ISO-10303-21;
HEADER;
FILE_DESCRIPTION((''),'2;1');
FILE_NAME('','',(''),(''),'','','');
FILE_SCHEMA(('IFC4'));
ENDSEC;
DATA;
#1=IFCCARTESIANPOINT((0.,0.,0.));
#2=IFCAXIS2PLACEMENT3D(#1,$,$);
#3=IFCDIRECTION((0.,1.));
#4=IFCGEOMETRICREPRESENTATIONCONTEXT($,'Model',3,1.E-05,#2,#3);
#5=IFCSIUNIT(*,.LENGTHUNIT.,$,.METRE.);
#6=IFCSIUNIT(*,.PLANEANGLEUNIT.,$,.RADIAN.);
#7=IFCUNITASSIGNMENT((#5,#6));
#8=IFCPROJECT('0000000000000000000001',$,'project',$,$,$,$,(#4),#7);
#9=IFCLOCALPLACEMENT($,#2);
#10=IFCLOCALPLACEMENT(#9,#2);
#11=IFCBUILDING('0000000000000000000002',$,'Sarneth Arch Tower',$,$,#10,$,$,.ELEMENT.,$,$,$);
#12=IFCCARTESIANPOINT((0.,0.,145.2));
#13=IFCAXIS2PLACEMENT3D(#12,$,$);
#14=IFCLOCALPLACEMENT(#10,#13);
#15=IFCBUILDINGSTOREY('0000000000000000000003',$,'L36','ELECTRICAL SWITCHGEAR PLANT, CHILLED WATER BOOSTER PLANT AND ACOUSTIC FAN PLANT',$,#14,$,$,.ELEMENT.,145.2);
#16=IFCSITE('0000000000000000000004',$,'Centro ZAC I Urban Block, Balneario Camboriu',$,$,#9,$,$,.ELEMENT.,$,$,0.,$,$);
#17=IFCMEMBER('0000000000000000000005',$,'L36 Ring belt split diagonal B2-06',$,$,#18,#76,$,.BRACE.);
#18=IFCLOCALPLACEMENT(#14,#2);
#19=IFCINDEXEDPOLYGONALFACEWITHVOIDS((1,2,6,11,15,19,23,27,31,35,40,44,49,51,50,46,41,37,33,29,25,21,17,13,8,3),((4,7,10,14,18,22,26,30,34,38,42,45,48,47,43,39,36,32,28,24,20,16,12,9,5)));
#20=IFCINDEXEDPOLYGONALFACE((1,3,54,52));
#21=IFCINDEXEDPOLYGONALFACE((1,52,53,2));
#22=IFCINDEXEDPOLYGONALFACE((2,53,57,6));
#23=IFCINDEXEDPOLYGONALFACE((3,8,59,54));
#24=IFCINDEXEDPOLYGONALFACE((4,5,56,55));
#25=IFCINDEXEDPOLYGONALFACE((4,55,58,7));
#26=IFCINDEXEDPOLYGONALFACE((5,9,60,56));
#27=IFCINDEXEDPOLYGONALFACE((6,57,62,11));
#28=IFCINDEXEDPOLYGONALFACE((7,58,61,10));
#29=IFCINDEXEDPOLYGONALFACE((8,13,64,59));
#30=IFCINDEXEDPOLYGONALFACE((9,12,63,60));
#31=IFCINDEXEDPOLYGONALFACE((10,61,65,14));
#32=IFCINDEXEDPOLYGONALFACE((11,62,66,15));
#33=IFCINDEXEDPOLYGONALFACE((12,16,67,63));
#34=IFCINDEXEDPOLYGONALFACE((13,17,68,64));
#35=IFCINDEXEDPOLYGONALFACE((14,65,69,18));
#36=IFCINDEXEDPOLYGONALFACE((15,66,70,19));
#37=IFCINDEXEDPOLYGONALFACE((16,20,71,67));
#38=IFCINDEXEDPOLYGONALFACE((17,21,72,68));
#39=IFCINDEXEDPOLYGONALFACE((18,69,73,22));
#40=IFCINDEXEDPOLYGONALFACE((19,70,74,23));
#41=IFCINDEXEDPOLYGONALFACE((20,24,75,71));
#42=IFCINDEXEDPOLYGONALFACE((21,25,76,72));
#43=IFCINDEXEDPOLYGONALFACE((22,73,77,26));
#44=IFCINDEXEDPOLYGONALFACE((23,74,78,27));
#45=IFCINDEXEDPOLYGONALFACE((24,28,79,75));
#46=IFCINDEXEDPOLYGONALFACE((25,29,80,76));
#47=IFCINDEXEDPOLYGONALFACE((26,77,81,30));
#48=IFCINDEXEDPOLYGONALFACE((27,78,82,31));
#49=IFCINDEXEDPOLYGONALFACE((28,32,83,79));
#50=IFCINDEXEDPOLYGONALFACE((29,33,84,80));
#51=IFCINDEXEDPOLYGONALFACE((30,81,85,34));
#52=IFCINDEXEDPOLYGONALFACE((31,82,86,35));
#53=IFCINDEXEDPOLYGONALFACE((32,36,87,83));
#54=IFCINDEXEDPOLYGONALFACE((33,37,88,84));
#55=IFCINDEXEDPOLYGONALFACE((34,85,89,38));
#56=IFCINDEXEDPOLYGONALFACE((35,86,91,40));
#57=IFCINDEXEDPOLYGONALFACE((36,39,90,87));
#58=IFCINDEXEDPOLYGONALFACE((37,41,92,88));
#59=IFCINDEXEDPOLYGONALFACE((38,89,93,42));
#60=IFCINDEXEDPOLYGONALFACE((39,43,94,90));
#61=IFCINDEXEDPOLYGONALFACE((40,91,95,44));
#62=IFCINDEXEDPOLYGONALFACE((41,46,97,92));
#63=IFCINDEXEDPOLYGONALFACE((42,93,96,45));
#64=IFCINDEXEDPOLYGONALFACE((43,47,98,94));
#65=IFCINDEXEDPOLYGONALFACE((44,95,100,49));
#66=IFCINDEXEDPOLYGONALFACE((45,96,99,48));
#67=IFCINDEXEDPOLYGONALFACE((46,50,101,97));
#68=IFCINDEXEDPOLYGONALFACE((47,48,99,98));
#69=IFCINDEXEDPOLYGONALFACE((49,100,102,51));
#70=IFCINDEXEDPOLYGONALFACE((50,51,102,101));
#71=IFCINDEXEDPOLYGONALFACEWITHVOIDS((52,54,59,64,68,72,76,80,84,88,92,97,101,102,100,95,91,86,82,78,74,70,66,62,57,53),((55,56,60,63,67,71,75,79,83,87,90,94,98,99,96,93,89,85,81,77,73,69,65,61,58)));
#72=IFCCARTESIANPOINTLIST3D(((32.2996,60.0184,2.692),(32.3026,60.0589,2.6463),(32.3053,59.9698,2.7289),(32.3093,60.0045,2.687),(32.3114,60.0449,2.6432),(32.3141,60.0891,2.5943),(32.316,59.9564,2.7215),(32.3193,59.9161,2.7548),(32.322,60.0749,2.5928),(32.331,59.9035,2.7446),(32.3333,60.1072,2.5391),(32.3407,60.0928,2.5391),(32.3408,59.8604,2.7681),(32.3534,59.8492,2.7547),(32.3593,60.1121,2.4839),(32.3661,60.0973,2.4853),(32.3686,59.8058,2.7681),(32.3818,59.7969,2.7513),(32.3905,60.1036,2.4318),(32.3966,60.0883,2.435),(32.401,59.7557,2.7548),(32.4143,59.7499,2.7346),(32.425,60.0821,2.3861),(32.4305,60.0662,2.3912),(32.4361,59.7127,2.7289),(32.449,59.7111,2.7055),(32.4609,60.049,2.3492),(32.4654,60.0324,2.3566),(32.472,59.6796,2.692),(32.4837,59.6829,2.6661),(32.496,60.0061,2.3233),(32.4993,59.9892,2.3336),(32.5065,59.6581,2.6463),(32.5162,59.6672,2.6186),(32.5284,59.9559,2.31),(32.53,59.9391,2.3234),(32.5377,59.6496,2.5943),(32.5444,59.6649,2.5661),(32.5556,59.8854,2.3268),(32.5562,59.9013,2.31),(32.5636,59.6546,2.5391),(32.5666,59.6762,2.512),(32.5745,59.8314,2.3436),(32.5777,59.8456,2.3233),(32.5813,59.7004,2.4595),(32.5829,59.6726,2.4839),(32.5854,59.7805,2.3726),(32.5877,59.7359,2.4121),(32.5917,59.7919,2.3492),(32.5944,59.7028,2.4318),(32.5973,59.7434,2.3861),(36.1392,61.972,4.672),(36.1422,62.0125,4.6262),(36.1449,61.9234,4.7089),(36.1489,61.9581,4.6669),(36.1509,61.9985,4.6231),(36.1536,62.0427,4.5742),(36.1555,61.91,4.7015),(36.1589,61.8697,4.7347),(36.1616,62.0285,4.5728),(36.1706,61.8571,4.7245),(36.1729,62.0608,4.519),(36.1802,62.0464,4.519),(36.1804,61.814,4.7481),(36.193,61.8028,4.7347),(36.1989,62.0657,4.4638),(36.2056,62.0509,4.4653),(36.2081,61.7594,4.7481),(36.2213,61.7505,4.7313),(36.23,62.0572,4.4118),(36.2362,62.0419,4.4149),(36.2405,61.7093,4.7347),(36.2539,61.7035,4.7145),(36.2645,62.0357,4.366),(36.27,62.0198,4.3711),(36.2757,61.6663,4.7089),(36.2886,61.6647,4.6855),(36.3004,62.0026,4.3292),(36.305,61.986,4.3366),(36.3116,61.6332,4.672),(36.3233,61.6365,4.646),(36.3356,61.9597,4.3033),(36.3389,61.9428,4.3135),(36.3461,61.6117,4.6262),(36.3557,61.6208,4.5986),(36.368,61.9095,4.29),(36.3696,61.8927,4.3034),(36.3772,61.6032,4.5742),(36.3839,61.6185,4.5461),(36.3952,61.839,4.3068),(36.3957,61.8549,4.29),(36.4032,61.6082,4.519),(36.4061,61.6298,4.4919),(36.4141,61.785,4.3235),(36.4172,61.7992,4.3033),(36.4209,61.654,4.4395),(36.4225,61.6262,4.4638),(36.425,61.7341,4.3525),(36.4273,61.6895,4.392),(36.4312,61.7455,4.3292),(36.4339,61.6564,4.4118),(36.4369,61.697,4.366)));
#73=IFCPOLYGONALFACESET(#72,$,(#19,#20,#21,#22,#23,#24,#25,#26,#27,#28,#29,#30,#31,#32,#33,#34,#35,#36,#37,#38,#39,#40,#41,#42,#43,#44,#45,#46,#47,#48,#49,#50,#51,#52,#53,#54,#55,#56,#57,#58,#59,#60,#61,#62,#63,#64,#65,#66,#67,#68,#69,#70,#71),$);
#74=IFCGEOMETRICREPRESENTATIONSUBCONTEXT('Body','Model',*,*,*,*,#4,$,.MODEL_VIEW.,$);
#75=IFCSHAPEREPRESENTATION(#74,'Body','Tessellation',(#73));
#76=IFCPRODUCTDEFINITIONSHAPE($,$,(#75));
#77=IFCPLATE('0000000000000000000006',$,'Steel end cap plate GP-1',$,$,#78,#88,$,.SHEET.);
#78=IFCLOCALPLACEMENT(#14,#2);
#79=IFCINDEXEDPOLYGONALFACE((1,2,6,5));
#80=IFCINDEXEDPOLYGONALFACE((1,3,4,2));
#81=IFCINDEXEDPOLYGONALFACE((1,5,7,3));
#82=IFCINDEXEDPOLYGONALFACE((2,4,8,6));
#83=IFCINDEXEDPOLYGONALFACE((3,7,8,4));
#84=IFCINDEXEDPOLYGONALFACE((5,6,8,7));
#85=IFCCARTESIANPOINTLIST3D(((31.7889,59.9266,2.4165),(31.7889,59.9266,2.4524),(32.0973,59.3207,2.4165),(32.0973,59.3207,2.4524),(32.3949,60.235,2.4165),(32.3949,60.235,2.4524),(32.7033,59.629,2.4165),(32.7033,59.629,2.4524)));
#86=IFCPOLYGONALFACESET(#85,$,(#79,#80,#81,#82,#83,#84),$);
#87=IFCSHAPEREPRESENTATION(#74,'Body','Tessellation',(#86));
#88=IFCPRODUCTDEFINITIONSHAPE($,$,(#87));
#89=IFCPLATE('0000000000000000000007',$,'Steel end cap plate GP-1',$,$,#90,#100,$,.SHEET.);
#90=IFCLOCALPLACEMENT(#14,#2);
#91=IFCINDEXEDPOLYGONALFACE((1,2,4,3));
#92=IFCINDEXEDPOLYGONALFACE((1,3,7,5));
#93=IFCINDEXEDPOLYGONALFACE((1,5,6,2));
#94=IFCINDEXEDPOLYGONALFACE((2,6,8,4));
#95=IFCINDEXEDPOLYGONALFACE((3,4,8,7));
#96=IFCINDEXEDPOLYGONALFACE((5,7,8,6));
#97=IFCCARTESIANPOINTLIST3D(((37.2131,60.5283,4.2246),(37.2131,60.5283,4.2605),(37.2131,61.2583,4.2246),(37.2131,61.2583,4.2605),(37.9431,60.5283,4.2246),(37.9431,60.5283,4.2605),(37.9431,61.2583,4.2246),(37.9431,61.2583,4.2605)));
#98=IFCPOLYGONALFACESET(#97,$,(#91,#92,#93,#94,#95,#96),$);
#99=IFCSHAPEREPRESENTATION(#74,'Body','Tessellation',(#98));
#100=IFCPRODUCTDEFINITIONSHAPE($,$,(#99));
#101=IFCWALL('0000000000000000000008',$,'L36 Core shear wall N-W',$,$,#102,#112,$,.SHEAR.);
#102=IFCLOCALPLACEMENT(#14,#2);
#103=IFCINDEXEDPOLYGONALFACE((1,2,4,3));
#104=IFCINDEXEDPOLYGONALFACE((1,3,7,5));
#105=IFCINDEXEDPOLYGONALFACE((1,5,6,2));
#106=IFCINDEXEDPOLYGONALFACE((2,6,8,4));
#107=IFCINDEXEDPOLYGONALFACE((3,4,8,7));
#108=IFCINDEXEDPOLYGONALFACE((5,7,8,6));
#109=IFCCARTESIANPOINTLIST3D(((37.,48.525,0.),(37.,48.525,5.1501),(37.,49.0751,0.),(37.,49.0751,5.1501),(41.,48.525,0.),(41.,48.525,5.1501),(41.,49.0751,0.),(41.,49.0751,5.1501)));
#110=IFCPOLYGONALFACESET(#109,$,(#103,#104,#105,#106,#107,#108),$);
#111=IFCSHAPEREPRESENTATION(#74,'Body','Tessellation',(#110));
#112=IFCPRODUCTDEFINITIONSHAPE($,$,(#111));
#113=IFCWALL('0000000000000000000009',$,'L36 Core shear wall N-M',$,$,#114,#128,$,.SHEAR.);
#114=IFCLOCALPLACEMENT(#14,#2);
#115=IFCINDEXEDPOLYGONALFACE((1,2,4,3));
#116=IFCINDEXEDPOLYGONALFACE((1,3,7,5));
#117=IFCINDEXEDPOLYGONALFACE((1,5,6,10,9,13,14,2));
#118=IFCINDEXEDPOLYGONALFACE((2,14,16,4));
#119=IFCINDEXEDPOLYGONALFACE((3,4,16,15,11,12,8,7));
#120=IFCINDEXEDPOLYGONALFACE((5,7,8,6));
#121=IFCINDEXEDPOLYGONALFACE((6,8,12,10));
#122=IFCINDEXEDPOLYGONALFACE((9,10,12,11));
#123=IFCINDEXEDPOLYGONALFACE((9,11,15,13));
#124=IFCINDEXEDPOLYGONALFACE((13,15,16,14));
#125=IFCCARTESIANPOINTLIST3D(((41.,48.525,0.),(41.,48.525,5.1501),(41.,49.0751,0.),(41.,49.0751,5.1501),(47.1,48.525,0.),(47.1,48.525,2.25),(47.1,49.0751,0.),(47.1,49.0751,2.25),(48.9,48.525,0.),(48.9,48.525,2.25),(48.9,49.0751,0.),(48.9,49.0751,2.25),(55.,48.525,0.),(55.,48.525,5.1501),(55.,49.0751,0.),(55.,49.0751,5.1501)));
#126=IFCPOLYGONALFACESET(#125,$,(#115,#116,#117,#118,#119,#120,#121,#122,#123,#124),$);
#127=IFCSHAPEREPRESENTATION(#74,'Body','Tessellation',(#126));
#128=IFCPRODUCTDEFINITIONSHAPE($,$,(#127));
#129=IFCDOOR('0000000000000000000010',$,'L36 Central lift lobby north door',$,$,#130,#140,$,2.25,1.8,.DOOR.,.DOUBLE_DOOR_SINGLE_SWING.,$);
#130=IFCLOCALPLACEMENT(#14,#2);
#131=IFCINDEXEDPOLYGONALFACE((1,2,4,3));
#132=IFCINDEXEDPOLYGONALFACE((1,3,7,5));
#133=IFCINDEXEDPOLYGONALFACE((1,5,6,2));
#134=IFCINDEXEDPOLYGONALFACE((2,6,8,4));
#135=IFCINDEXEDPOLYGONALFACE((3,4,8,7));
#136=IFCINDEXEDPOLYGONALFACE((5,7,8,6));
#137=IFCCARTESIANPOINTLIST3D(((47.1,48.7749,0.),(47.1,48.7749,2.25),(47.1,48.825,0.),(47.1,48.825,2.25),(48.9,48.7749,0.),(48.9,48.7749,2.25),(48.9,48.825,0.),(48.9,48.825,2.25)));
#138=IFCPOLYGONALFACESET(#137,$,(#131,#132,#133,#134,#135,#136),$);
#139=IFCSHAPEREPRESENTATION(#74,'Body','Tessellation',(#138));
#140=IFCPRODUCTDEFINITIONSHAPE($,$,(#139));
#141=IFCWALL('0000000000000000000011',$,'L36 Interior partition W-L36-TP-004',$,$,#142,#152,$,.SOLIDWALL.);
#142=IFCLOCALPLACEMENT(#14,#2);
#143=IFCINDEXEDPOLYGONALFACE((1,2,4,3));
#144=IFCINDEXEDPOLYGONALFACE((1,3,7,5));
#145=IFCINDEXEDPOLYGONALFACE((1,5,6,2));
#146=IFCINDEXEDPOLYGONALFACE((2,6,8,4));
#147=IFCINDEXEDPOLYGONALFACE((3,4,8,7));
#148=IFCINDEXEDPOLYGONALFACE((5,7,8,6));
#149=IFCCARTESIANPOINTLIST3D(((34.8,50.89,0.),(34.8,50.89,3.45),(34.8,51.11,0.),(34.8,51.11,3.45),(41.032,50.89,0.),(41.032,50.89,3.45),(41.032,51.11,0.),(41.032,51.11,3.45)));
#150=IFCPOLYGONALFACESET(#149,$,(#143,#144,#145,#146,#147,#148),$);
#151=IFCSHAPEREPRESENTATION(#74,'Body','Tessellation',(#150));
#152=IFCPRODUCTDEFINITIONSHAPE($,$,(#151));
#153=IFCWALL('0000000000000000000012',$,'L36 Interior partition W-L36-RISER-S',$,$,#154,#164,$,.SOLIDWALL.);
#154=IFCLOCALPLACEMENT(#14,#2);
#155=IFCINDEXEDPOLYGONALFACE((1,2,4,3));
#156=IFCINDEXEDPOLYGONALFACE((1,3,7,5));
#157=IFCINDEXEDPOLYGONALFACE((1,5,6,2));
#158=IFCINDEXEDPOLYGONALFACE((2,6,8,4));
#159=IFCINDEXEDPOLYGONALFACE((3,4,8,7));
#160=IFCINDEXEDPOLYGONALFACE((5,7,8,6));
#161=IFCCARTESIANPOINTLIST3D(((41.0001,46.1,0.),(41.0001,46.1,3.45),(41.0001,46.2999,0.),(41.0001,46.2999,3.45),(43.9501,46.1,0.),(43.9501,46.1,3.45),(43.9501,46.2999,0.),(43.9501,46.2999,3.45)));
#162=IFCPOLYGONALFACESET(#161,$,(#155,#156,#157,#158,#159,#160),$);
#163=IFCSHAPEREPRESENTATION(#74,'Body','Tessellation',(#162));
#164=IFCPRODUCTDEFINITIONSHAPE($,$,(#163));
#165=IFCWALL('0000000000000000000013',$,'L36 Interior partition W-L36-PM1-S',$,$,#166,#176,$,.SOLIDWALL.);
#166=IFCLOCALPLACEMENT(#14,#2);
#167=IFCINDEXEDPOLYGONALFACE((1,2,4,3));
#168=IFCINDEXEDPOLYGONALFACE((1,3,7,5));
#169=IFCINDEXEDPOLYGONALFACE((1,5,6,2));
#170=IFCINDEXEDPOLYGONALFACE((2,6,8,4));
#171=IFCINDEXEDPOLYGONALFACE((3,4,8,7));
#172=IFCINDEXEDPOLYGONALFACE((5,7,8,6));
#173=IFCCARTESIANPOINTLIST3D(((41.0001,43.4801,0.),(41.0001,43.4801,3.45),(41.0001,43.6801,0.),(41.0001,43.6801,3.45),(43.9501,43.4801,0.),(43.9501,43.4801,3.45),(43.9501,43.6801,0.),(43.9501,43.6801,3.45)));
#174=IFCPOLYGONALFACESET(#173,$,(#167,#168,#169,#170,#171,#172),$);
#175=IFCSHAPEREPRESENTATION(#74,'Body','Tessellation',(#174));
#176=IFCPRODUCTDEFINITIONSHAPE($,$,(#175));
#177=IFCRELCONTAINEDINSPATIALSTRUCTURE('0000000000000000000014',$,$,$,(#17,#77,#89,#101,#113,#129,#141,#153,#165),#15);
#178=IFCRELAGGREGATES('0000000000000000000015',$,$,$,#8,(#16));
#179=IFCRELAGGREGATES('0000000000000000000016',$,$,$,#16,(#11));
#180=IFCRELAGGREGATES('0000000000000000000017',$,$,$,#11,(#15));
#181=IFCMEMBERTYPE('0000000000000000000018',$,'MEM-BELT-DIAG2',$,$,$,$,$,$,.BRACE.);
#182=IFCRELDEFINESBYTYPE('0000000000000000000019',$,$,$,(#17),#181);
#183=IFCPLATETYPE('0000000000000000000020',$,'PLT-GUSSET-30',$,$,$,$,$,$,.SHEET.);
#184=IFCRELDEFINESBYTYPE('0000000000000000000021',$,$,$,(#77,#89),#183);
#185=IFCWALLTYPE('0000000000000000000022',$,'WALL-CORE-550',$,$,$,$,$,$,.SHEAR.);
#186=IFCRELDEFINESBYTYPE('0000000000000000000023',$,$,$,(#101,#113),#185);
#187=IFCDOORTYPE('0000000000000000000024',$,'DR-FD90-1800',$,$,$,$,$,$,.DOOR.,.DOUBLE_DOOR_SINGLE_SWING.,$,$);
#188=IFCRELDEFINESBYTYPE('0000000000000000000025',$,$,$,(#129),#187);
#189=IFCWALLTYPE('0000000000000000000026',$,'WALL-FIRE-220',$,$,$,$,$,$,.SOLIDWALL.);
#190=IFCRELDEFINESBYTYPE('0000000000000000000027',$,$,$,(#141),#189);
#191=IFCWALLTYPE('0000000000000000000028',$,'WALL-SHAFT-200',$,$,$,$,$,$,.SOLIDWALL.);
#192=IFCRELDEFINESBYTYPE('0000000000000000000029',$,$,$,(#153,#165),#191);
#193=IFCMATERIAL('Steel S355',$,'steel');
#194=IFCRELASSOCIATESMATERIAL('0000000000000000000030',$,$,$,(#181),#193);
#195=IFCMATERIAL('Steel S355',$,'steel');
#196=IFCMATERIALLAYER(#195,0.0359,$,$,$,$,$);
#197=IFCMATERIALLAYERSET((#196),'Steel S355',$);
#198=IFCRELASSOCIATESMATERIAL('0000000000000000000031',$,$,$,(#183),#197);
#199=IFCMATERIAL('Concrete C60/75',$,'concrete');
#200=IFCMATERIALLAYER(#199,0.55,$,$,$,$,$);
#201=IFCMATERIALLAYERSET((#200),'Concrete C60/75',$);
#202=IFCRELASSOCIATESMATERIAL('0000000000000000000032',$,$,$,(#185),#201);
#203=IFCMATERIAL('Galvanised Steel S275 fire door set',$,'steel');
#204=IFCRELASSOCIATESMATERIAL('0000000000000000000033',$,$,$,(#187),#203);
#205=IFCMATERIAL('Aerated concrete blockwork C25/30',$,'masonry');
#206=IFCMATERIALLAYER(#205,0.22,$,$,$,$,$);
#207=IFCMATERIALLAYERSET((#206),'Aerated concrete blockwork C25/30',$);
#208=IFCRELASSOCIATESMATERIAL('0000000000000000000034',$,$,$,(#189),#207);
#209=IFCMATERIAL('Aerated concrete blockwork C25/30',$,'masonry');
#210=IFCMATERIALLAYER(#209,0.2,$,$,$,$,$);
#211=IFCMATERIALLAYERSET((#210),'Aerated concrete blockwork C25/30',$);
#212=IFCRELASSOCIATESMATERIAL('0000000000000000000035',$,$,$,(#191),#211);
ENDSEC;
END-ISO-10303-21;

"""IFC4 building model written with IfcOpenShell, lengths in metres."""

from ifc_helpers import new_model, si_unit, direction, frame, frame_2d, origin, origin_2d, place, context, subcontext, project, spatial, rectangle, hollow_circle, extrude, material, layer, layer_set, material_profile, profile_set, type_object, element, fill, save


model = new_model("IFC4")

# Units and contexts
model_context = context("Model", 3, precision=1e-05, world=origin(), true_north=direction((0.0, 1.0)))
body_context = subcontext(model_context, "Body", "Model", "MODEL_VIEW")
ifc_project = project(units=[si_unit("LENGTHUNIT", "METRE"), si_unit("PLANEANGLEUNIT", "RADIAN")], contexts=[model_context])

# Site, building, storey
site_placement = place(None, origin())
site = spatial("IfcSite", under=ifc_project, at=site_placement, Name="Centro ZAC I Urban Block, Balneario Camboriu", CompositionType="ELEMENT", RefElevation=0.0)
building_placement = place(site_placement, origin())
building = spatial("IfcBuilding", under=site, at=building_placement, Name="Sarneth Arch Tower", CompositionType="ELEMENT")
storey_placement = place(building_placement, frame((0.0, 0.0, 145.2)))
storey = spatial("IfcBuildingStorey", under=building, at=storey_placement, Name="L36", Description="ELECTRICAL SWITCHGEAR PLANT, CHILLED WATER BOOSTER PLANT AND ACOUSTIC FAN PLANT", CompositionType="ELEMENT", Elevation=145.2)

# Member
ifc_material_1 = material(Name="Steel S355", Category="steel")
ifc_material_profile_1 = material_profile(ifc_material_1, hollow_circle(Radius=0.2539, WallThickness=0.0161, at=origin_2d()), Name="CHS508x16")
ifc_profile_set_1 = profile_set([ifc_material_profile_1], Name="Steel S355")
member_type_1 = type_object("IfcMemberType", Name="MEM-BELT-DIAG2", PredefinedType="BRACE", material=ifc_profile_set_1)
member_1_placement = place(storey_placement, frame((32.4485, 59.8809, 2.5391), z_axis=(0.809829, 0.412046, 0.417607), x_axis=(-0.453482, 0.891266, 0.0)))
element("IfcMember", 1, at=member_1_placement, inside=storey, type_object=member_type_1, Name="L36 Ring belt split diagonal B2-06", PredefinedType="BRACE", context=body_context, shape_type="SweptSolid", body=[
    extrude(hollow_circle(Radius=0.2539, WallThickness=0.0161, at=origin_2d()), origin(), (0.0, 0.0, 1.0), 4.7412),
])

# Plates
ifc_material_2 = material(Name="Steel S355", Category="steel")
ifc_layer_1 = layer(ifc_material_2, 0.0359)
ifc_layer_set_1 = layer_set([ifc_layer_1], Name="Steel S355")
plate_type = type_object("IfcPlateType", Name="PLT-GUSSET-30", PredefinedType="SHEET", material=ifc_layer_set_1)
plate_1_placement = place(storey_placement, frame((32.2461, 59.7778, 2.4165), z_axis=(0.0, 0.0, 1.0), x_axis=(-0.891244, -0.453524, 0.0)))
element("IfcPlate", 2, at=plate_1_placement, inside=storey, type_object=plate_type, Name="Steel end cap plate GP-1", PredefinedType="SHEET", context=body_context, shape_type="SweptSolid", body=[
    extrude(rectangle(XDim=0.6799, YDim=0.6799, at=origin_2d()), origin(), (0.0, 0.0, 1.0), 0.0359),
])
plate_2_placement = place(storey_placement, frame((37.5781, 60.8933, 4.2246), z_axis=(0.0, 0.0, 1.0), x_axis=(1.0, 0.0, 0.0)))
element("IfcPlate", 3, at=plate_2_placement, inside=storey, type_object=plate_type, Name="Steel end cap plate GP-1", PredefinedType="SHEET", context=body_context, shape_type="SweptSolid", body=[
    extrude(rectangle(XDim=0.73, YDim=0.73, at=origin_2d()), origin(), (0.0, 0.0, 1.0), 0.0359),
])

# Wall
ifc_material_3 = material(Name="Concrete C60/75", Category="concrete")
ifc_layer_2 = layer(ifc_material_3, 0.55)
ifc_layer_set_2 = layer_set([ifc_layer_2], Name="Concrete C60/75")
wall_type_1 = type_object("IfcWallType", Name="WALL-CORE-550", PredefinedType="SHEAR", material=ifc_layer_set_2)
wall_1_placement = place(storey_placement, frame((37.0, 48.8, 0.0), z_axis=(0.0, 0.0, 1.0), x_axis=(1.0, 0.0, 0.0)))
element("IfcWall", 4, at=wall_1_placement, inside=storey, type_object=wall_type_1, Name="L36 Core shear wall N-W", PredefinedType="SHEAR", context=body_context, shape_type="SweptSolid", body=[
    extrude(rectangle(XDim=4.0, YDim=0.55, at=frame_2d((2.0, 0.0))), origin(), (0.0, 0.0, 1.0), 5.1501),
])

# Wall, opening, door
wall_2_placement = place(storey_placement, frame((41.0, 48.8, 0.0), z_axis=(0.0, 0.0, 1.0), x_axis=(1.0, 0.0, 0.0)))
wall_2 = element("IfcWall", 5, at=wall_2_placement, inside=storey, type_object=wall_type_1, Name="L36 Core shear wall N-M", PredefinedType="SHEAR", context=body_context, shape_type="SweptSolid", body=[
    extrude(rectangle(XDim=14.0, YDim=0.55, at=frame_2d((7.0, 0.0))), origin(), (0.0, 0.0, 1.0), 5.1501),
])
opening_1_placement = place(wall_2_placement, frame((6.1001, 0.0, 0.0)))
opening_1 = element("IfcOpeningElement", 6, at=opening_1_placement, cuts=wall_2, PredefinedType="OPENING", context=body_context, shape_type="SweptSolid", body=[
    extrude(rectangle(XDim=1.8, YDim=2.25, at=frame_2d((0.8999, 1.125))), frame((0.0, 0.2849, 0.0), z_axis=(0.0, -1.0, 0.0), x_axis=(1.0, 0.0, 0.0)), (0.0, 0.0, 1.0), 0.5701),
])
ifc_material_4 = material(Name="Galvanised Steel S275 fire door set", Category="steel")
door_type_1 = type_object("IfcDoorType", Name="DR-FD90-1800", OperationType="DOUBLE_DOOR_SINGLE_SWING", PredefinedType="DOOR", material=ifc_material_4)
door_1_placement = place(opening_1_placement, origin())
door_1 = element("IfcDoor", 7, at=door_1_placement, inside=storey, type_object=door_type_1, Name="L36 Central lift lobby north door", OperationType="DOUBLE_DOOR_SINGLE_SWING", OverallHeight=2.25, OverallWidth=1.8, PredefinedType="DOOR", context=body_context, shape_type="SweptSolid", body=[
    extrude(rectangle(XDim=1.8, YDim=2.25, at=frame_2d((0.8999, 1.125))), frame((0.0, 0.0249, 0.0), z_axis=(0.0, -1.0, 0.0), x_axis=(1.0, 0.0, 0.0)), (0.0, 0.0, 1.0), 0.05),
])
fill(opening_1, door_1)

# Walls
ifc_material_5 = material(Name="Aerated concrete blockwork C25/30", Category="masonry")
ifc_layer_3 = layer(ifc_material_5, 0.22)
ifc_layer_set_3 = layer_set([ifc_layer_3], Name="Aerated concrete blockwork C25/30")
wall_type_2 = type_object("IfcWallType", Name="WALL-FIRE-220", PredefinedType="SOLIDWALL", material=ifc_layer_set_3)
wall_3_placement = place(storey_placement, frame((34.8, 51.0, 0.0), z_axis=(0.0, 0.0, 1.0), x_axis=(1.0, 0.0, 0.0)))
element("IfcWall", 8, at=wall_3_placement, inside=storey, type_object=wall_type_2, Name="L36 Interior partition W-L36-TP-004", PredefinedType="SOLIDWALL", context=body_context, shape_type="SweptSolid", body=[
    extrude(rectangle(XDim=6.2319, YDim=0.22, at=frame_2d((3.116, 0.0))), origin(), (0.0, 0.0, 1.0), 3.45),
])
ifc_material_6 = material(Name="Aerated concrete blockwork C25/30", Category="masonry")
ifc_layer_4 = layer(ifc_material_6, 0.2)
ifc_layer_set_4 = layer_set([ifc_layer_4], Name="Aerated concrete blockwork C25/30")
wall_type_3 = type_object("IfcWallType", Name="WALL-SHAFT-200", PredefinedType="SOLIDWALL", material=ifc_layer_set_4)
wall_4_placement = place(storey_placement, frame((41.0, 46.2, 0.0), z_axis=(0.0, 0.0, 1.0), x_axis=(1.0, 0.0, 0.0)))
element("IfcWall", 9, at=wall_4_placement, inside=storey, type_object=wall_type_3, Name="L36 Interior partition W-L36-RISER-S", PredefinedType="SOLIDWALL", context=body_context, shape_type="SweptSolid", body=[
    extrude(rectangle(XDim=2.95, YDim=0.2, at=frame_2d((1.4751, 0.0))), origin(), (0.0, 0.0, 1.0), 3.45),
])

# Wall
wall_5_placement = place(storey_placement, frame((41.0, 43.5801, 0.0), z_axis=(0.0, 0.0, 1.0), x_axis=(1.0, 0.0, 0.0)))
element("IfcWall", 10, at=wall_5_placement, inside=storey, type_object=wall_type_3, Name="L36 Interior partition W-L36-PM1-S", PredefinedType="SOLIDWALL", context=body_context, shape_type="SweptSolid", body=[
    extrude(rectangle(XDim=2.95, YDim=0.2, at=frame_2d((1.4751, 0.0))), origin(), (0.0, 0.0, 1.0), 3.45),
])

save(model, "model.ifc")
